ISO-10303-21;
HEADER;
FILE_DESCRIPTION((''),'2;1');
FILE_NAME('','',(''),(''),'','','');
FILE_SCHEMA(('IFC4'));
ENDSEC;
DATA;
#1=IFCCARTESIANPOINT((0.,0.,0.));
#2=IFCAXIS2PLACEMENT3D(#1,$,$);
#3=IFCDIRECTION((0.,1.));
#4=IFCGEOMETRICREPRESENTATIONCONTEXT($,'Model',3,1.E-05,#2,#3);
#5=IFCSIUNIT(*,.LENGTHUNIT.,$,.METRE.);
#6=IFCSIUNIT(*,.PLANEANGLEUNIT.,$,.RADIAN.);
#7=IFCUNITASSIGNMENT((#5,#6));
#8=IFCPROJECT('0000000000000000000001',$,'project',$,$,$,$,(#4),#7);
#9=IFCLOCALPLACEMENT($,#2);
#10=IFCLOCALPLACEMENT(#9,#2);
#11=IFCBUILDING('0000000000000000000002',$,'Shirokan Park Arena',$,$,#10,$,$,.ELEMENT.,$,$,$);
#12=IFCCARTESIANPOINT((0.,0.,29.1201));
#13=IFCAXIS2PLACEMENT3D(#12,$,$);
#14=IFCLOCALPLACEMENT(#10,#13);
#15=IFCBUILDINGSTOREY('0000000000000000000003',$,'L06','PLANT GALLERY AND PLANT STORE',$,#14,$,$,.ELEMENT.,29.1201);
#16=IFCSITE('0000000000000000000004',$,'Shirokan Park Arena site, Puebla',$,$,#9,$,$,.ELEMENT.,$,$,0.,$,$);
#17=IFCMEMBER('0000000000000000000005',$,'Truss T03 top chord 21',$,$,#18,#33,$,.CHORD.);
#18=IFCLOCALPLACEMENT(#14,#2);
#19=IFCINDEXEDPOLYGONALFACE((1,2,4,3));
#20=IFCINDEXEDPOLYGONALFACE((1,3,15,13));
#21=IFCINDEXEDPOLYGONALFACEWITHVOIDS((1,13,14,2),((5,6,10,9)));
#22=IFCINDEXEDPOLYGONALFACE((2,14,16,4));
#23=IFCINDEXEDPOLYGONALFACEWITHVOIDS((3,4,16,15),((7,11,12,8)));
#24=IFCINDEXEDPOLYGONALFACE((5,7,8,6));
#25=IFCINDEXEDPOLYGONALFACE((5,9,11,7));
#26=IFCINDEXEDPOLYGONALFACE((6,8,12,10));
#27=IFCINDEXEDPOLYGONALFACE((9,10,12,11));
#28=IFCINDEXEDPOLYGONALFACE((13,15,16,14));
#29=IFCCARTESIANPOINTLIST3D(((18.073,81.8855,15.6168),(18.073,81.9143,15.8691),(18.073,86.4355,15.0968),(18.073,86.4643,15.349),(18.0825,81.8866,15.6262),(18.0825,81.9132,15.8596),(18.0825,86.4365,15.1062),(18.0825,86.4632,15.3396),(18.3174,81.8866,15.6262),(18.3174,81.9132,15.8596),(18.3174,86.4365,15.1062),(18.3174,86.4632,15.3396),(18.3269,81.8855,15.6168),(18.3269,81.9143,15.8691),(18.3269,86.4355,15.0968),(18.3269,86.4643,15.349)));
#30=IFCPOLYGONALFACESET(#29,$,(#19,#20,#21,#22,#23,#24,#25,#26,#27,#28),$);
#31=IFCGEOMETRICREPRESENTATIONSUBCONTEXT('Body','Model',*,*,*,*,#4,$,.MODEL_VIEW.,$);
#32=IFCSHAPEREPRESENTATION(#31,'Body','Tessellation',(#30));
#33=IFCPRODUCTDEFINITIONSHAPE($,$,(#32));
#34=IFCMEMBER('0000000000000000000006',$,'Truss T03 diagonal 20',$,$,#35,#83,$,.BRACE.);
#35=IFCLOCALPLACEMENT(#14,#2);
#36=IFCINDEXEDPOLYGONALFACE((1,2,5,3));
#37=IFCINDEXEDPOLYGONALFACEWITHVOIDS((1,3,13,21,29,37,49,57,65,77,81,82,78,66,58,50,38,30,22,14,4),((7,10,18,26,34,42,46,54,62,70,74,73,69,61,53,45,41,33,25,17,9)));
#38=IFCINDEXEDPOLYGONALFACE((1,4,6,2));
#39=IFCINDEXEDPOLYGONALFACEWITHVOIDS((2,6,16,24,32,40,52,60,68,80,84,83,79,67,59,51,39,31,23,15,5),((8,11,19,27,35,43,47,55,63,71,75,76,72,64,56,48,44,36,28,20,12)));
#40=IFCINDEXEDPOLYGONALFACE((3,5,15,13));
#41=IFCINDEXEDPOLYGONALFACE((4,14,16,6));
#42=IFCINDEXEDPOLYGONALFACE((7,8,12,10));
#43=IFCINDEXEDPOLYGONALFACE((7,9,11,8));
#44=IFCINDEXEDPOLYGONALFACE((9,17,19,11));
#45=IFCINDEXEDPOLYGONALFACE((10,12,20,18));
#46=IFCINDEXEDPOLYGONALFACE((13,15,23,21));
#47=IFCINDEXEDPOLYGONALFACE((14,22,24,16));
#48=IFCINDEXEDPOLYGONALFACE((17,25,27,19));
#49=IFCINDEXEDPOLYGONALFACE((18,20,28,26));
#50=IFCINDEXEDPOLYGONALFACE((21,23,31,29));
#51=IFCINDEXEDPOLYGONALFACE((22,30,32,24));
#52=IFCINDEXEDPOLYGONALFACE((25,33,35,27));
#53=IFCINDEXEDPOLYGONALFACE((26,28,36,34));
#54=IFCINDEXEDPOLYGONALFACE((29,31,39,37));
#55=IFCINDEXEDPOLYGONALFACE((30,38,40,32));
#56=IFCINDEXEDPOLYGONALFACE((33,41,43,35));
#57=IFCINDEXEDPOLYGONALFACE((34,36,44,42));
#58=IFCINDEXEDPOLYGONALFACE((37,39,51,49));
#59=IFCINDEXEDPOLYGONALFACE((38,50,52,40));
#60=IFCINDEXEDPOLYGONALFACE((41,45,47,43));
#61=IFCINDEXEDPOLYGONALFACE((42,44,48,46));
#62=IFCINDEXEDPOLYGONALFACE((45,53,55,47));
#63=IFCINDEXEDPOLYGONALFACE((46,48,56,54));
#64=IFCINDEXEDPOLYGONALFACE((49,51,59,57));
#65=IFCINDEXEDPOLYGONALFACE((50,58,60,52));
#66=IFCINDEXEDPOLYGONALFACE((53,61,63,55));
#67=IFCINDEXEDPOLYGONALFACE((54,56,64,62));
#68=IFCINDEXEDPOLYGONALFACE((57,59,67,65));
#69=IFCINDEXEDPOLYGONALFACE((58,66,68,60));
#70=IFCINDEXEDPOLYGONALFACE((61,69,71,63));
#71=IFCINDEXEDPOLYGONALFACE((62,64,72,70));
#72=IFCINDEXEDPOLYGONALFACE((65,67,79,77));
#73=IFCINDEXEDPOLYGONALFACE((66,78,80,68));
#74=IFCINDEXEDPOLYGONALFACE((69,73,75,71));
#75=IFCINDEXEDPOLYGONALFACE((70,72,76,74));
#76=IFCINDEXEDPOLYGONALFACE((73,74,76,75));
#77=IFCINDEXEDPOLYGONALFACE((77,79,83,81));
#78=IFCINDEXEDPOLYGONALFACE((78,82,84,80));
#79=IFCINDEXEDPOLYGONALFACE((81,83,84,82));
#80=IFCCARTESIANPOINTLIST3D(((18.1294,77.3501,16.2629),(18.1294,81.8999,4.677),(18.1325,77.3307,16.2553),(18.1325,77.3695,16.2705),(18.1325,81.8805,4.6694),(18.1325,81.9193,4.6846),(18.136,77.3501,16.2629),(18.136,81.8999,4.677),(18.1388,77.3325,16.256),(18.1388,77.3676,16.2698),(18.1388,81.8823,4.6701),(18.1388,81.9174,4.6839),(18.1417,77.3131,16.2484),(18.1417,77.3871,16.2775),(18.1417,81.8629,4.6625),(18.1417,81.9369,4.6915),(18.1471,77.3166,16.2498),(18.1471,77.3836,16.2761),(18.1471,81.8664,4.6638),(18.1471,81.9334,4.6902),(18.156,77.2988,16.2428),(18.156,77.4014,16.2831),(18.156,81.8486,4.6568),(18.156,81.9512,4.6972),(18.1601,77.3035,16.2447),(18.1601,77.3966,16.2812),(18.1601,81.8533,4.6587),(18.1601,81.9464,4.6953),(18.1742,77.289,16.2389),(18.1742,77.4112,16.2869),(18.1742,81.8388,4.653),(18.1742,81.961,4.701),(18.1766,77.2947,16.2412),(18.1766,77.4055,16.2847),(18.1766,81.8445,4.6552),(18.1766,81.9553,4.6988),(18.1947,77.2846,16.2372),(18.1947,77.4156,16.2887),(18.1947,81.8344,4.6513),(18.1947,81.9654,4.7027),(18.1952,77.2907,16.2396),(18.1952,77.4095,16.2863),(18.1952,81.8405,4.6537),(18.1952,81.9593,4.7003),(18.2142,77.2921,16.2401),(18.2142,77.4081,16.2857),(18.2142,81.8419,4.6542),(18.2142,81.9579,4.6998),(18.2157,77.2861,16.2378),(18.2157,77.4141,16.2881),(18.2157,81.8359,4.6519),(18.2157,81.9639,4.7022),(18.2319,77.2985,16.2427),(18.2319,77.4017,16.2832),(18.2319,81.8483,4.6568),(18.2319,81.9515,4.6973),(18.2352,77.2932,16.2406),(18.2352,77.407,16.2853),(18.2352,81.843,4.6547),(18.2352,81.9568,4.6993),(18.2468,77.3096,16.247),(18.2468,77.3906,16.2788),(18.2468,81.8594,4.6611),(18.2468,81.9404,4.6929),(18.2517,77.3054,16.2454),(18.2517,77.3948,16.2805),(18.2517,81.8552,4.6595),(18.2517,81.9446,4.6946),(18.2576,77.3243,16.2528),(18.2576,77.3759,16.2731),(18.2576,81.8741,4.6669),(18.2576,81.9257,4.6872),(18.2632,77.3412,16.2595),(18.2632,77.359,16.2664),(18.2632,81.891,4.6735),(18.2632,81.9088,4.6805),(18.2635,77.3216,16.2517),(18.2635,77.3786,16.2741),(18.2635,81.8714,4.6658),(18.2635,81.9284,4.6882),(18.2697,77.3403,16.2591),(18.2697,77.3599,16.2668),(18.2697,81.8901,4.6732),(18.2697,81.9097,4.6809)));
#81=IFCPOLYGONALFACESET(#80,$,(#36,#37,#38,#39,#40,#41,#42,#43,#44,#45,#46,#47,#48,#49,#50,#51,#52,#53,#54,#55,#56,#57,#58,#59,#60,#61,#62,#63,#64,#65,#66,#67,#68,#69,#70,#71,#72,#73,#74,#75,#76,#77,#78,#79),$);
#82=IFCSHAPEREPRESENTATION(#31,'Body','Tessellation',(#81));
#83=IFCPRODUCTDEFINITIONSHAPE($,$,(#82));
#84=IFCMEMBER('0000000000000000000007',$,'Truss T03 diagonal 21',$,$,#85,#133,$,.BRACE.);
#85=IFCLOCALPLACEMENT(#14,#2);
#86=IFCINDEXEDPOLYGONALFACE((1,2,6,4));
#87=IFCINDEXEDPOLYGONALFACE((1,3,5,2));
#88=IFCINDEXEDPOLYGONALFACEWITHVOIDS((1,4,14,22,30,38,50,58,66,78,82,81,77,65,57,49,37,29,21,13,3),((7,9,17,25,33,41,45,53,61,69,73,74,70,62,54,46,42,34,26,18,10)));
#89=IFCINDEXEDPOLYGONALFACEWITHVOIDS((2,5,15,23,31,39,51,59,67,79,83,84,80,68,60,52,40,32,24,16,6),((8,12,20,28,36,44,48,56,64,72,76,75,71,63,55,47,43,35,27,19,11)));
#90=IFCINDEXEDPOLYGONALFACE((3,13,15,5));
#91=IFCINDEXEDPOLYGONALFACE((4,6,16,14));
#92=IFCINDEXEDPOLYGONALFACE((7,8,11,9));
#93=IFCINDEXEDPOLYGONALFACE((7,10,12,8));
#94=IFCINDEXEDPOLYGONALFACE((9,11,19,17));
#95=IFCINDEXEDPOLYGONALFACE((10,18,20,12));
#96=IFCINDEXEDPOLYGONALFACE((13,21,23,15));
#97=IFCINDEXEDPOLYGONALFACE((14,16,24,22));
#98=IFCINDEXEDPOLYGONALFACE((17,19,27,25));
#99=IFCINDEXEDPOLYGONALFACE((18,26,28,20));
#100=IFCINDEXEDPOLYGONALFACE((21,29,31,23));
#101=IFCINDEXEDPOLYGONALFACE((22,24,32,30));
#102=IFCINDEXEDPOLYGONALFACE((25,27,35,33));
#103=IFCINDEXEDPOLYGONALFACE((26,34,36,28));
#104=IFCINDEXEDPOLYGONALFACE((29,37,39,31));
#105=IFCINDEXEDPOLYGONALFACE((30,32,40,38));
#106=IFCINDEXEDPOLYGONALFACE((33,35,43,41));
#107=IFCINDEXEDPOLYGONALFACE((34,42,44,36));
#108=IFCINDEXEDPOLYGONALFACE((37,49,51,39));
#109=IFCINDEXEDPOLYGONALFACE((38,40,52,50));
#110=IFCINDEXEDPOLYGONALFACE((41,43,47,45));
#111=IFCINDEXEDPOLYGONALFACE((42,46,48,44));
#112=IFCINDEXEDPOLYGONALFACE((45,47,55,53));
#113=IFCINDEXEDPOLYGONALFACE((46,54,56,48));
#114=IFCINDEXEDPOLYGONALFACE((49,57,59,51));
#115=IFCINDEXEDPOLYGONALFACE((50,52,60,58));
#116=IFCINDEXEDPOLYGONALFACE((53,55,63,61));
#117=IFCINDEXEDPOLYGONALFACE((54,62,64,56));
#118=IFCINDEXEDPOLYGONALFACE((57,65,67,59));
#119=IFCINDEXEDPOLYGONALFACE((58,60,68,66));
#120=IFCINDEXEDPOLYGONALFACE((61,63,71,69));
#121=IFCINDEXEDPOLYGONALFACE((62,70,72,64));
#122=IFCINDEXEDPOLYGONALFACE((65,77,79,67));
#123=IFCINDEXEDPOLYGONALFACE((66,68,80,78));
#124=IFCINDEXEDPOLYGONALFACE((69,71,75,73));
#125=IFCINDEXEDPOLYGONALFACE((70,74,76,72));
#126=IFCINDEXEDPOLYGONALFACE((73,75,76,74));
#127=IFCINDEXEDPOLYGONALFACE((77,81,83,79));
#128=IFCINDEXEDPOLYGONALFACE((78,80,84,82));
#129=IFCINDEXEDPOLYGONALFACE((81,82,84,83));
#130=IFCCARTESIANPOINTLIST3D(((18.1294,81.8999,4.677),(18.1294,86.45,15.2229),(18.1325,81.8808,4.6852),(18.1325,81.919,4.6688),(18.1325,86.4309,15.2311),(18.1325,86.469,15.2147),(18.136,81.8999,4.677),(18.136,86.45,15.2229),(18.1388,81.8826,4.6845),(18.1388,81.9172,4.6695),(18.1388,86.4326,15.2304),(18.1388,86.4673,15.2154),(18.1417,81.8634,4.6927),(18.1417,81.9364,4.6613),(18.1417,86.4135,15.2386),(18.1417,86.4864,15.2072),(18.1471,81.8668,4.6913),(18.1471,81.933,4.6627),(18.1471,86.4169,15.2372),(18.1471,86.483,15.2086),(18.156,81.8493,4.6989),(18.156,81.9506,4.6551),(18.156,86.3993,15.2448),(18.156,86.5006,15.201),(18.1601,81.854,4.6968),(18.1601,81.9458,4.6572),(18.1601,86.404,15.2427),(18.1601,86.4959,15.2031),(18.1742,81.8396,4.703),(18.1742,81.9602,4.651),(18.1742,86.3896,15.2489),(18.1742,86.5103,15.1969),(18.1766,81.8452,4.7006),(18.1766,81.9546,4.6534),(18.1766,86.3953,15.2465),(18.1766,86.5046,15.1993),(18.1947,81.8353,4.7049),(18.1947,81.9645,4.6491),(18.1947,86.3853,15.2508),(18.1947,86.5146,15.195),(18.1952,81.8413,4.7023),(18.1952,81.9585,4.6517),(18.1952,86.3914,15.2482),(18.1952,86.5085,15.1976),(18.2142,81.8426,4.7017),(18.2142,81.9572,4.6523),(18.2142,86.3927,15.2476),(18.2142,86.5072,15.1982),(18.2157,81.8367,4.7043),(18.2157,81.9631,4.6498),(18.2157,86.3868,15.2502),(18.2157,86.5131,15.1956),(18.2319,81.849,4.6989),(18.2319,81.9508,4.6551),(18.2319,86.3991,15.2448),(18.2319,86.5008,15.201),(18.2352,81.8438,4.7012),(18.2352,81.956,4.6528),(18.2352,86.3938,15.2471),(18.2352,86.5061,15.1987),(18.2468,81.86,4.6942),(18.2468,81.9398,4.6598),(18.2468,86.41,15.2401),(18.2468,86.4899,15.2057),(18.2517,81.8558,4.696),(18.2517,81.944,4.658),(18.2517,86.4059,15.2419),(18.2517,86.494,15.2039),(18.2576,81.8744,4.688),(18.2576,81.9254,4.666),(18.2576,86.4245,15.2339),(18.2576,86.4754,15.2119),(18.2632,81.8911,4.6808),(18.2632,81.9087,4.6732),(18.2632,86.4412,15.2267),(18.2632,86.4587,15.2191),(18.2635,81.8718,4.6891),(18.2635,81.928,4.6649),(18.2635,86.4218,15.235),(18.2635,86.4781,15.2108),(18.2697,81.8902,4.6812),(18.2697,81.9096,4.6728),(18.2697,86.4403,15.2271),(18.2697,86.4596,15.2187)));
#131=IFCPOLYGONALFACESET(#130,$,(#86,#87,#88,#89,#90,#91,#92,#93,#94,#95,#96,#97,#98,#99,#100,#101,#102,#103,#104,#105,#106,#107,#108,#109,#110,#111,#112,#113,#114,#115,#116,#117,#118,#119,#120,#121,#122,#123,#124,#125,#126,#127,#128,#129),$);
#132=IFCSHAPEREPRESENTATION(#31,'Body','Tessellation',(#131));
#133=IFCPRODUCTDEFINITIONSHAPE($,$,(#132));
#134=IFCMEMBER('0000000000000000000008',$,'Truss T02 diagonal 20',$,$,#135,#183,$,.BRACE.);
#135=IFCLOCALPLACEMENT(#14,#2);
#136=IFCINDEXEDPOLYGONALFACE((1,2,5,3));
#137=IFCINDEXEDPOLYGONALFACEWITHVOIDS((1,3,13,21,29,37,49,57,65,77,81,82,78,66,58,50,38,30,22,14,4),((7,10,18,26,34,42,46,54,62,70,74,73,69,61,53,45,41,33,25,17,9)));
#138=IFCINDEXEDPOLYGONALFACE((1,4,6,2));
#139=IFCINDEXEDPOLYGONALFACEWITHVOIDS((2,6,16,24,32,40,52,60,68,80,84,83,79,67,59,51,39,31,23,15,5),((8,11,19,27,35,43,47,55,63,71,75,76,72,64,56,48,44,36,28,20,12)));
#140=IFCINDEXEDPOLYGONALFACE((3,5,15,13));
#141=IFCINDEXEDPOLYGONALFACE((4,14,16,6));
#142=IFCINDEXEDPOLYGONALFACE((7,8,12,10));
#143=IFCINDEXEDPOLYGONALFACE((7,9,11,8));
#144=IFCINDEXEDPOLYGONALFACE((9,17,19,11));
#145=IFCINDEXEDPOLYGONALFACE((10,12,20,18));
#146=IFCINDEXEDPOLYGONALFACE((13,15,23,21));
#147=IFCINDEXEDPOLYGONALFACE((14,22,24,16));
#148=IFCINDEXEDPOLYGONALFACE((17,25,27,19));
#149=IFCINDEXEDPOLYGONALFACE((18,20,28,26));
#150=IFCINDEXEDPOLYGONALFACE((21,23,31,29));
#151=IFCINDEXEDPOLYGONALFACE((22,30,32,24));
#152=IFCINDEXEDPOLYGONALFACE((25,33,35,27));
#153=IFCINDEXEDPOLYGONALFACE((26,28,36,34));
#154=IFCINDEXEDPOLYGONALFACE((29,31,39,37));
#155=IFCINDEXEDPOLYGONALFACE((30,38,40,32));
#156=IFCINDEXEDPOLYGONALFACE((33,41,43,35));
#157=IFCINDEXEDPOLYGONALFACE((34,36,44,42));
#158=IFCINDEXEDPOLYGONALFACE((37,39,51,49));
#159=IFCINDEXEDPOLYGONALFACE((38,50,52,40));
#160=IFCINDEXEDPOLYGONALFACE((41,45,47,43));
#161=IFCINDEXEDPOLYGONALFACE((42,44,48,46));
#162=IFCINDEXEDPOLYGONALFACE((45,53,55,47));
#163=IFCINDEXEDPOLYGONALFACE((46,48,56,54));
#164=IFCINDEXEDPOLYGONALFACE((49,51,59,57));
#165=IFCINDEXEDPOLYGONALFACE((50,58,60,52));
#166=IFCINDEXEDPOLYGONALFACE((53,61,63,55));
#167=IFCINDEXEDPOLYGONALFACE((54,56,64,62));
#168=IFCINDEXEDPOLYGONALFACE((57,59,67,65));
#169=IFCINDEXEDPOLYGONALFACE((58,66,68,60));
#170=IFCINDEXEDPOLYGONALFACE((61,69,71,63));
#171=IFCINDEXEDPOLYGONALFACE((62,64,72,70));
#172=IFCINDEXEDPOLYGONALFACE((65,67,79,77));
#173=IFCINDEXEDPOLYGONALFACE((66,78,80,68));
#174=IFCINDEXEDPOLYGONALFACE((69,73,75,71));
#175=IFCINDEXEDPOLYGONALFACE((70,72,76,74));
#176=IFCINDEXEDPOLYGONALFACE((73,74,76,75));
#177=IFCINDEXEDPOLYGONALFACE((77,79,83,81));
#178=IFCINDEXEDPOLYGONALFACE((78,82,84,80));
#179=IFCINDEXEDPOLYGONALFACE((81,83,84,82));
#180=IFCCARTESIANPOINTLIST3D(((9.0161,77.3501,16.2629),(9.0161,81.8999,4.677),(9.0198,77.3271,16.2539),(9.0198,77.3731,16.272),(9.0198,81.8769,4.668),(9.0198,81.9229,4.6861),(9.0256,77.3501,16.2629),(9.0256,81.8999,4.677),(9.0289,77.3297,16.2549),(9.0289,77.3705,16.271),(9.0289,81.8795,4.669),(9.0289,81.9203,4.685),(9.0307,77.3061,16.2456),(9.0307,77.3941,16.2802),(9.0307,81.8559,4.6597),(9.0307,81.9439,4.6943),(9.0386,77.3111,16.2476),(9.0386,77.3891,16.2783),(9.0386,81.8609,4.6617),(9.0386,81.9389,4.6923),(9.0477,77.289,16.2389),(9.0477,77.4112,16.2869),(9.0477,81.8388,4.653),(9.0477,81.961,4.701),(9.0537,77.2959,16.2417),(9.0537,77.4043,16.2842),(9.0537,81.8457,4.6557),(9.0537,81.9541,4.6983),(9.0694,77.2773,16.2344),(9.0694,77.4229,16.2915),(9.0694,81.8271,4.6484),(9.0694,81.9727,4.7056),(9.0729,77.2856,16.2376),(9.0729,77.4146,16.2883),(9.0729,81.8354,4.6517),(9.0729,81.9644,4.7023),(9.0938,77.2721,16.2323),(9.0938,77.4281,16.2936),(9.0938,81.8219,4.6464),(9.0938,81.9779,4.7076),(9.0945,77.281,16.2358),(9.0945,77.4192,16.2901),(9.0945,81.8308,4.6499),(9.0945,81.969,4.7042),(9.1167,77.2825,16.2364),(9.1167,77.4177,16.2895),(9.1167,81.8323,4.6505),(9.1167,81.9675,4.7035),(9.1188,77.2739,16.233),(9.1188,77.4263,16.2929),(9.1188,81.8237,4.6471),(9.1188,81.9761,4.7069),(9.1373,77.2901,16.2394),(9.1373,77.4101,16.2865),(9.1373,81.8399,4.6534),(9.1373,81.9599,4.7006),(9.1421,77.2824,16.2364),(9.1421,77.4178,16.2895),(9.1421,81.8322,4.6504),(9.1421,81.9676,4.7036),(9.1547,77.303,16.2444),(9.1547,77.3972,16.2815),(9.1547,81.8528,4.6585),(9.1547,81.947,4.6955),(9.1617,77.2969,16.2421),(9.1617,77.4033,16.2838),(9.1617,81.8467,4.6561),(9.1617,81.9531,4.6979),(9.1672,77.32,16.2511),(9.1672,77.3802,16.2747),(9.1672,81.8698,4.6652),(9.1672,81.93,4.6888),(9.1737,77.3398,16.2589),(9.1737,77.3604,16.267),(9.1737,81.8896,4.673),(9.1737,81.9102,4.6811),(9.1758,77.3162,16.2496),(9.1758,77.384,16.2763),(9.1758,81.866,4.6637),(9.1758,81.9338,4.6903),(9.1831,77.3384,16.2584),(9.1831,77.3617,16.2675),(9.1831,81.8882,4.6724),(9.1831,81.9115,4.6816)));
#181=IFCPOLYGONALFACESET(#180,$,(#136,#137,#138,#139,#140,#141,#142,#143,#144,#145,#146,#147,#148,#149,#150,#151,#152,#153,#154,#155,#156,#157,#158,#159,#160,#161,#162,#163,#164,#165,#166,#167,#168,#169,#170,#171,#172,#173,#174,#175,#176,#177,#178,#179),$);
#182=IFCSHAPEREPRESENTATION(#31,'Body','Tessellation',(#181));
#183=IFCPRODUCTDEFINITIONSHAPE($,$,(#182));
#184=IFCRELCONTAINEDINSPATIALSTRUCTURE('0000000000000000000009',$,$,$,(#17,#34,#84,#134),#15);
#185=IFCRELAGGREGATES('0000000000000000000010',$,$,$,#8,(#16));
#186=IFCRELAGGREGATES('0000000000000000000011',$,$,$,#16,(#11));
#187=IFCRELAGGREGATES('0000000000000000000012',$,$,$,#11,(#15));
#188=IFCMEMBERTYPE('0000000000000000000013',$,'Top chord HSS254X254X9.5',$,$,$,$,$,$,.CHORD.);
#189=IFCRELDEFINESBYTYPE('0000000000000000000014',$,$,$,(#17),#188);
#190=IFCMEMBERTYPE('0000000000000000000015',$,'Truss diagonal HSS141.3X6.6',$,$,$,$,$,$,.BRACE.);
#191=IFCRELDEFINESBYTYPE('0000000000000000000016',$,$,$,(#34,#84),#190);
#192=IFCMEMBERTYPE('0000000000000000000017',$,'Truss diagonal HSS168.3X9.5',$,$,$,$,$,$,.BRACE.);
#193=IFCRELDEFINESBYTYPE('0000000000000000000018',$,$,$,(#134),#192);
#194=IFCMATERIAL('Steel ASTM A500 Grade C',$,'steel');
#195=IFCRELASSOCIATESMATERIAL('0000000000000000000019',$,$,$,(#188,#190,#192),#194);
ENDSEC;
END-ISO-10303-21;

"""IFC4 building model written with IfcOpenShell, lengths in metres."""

from ifc_helpers import new_model, si_unit, direction, frame, origin, origin_2d, place, context, subcontext, project, spatial, hollow_rectangle, hollow_circle, extrude, material, material_profile, profile_set, type_object, element, save


model = new_model("IFC4")

# Units and contexts
model_context = context("Model", 3, precision=1e-05, world=origin(), true_north=direction((0.0, 1.0)))
body_context = subcontext(model_context, "Body", "Model", "MODEL_VIEW")
ifc_project = project(units=[si_unit("LENGTHUNIT", "METRE"), si_unit("PLANEANGLEUNIT", "RADIAN")], contexts=[model_context])

# Site, building, storey
site_placement = place(None, origin())
site = spatial("IfcSite", under=ifc_project, at=site_placement, Name="Shirokan Park Arena site, Puebla", CompositionType="ELEMENT", RefElevation=0.0)
building_placement = place(site_placement, origin())
building = spatial("IfcBuilding", under=site, at=building_placement, Name="Shirokan Park Arena", CompositionType="ELEMENT")
storey_placement = place(building_placement, frame((0.0, 0.0, 29.1201)))
storey = spatial("IfcBuildingStorey", under=building, at=storey_placement, Name="L06", Description="PLANT GALLERY AND PLANT STORE", CompositionType="ELEMENT", Elevation=29.1201)

# Shared definitions
ifc_material_1 = material(Name="Steel ASTM A500 Grade C", Category="steel")

# Members
ifc_material_profile_1 = material_profile(ifc_material_1, hollow_rectangle(XDim=0.2539, YDim=0.2539, WallThickness=0.0095, at=origin_2d()), Name="HSS254X254X9.5")
ifc_profile_set_1 = profile_set([ifc_material_profile_1], Name="Steel ASTM A500 Grade C")
member_type_1 = type_object("IfcMemberType", Name="Top chord HSS254X254X9.5", PredefinedType="CHORD", material=ifc_profile_set_1)
member_1_placement = place(storey_placement, frame((18.2, 81.8999, 15.7429), z_axis=(0.0, 0.993532, -0.11355), x_axis=(-1.0, 0.0, 0.0)))
element("IfcMember", 1, at=member_1_placement, inside=storey, type_object=member_type_1, Name="Truss T03 top chord 21", PredefinedType="CHORD", context=body_context, shape_type="SweptSolid", body=[
    extrude(hollow_rectangle(XDim=0.2539, YDim=0.2539, WallThickness=0.0095, at=origin_2d()), origin(), (0.0, 0.0, 1.0), 4.5796),
])
ifc_material_profile_2 = material_profile(ifc_material_1, hollow_circle(Radius=0.0706, WallThickness=0.0066, at=origin_2d()), Name="HSS141.3X6.6")
ifc_profile_set_2 = profile_set([ifc_material_profile_2], Name="Steel ASTM A500 Grade C")
member_type_2 = type_object("IfcMemberType", Name="Truss diagonal HSS141.3X6.6", PredefinedType="BRACE", material=ifc_profile_set_2)
member_2_placement = place(storey_placement, frame((18.2, 77.3501, 16.2629), z_axis=(0.0, 0.365526, -0.930801), x_axis=(-1.0, 0.0, 0.0)))
element("IfcMember", 2, at=member_2_placement, inside=storey, type_object=member_type_2, Name="Truss T03 diagonal 20", PredefinedType="BRACE", context=body_context, shape_type="SweptSolid", body=[
    extrude(hollow_circle(Radius=0.0706, WallThickness=0.0066, at=origin_2d()), origin(), (0.0, 0.0, 1.0), 12.4473),
])
member_3_placement = place(storey_placement, frame((18.2, 81.8999, 4.677), z_axis=(0.0, 0.396153, 0.918185), x_axis=(-1.0, 0.0, 0.0)))
element("IfcMember", 3, at=member_3_placement, inside=storey, type_object=member_type_2, Name="Truss T03 diagonal 21", PredefinedType="BRACE", context=body_context, shape_type="SweptSolid", body=[
    extrude(hollow_circle(Radius=0.0706, WallThickness=0.0066, at=origin_2d()), origin(), (0.0, 0.0, 1.0), 11.4856),
])
ifc_material_profile_3 = material_profile(ifc_material_1, hollow_circle(Radius=0.084, WallThickness=0.0095, at=origin_2d()), Name="HSS168.3X9.5")
ifc_profile_set_3 = profile_set([ifc_material_profile_3], Name="Steel ASTM A500 Grade C")
member_type_3 = type_object("IfcMemberType", Name="Truss diagonal HSS168.3X9.5", PredefinedType="BRACE", material=ifc_profile_set_3)
member_4_placement = place(storey_placement, frame((9.1001, 77.3501, 16.2629), z_axis=(0.0, 0.365526, -0.930801), x_axis=(-1.0, 0.0, 0.0)))
element("IfcMember", 4, at=member_4_placement, inside=storey, type_object=member_type_3, Name="Truss T02 diagonal 20", PredefinedType="BRACE", context=body_context, shape_type="SweptSolid", body=[
    extrude(hollow_circle(Radius=0.084, WallThickness=0.0095, at=origin_2d()), origin(), (0.0, 0.0, 1.0), 12.4473),
])

save(model, "model.ifc")
